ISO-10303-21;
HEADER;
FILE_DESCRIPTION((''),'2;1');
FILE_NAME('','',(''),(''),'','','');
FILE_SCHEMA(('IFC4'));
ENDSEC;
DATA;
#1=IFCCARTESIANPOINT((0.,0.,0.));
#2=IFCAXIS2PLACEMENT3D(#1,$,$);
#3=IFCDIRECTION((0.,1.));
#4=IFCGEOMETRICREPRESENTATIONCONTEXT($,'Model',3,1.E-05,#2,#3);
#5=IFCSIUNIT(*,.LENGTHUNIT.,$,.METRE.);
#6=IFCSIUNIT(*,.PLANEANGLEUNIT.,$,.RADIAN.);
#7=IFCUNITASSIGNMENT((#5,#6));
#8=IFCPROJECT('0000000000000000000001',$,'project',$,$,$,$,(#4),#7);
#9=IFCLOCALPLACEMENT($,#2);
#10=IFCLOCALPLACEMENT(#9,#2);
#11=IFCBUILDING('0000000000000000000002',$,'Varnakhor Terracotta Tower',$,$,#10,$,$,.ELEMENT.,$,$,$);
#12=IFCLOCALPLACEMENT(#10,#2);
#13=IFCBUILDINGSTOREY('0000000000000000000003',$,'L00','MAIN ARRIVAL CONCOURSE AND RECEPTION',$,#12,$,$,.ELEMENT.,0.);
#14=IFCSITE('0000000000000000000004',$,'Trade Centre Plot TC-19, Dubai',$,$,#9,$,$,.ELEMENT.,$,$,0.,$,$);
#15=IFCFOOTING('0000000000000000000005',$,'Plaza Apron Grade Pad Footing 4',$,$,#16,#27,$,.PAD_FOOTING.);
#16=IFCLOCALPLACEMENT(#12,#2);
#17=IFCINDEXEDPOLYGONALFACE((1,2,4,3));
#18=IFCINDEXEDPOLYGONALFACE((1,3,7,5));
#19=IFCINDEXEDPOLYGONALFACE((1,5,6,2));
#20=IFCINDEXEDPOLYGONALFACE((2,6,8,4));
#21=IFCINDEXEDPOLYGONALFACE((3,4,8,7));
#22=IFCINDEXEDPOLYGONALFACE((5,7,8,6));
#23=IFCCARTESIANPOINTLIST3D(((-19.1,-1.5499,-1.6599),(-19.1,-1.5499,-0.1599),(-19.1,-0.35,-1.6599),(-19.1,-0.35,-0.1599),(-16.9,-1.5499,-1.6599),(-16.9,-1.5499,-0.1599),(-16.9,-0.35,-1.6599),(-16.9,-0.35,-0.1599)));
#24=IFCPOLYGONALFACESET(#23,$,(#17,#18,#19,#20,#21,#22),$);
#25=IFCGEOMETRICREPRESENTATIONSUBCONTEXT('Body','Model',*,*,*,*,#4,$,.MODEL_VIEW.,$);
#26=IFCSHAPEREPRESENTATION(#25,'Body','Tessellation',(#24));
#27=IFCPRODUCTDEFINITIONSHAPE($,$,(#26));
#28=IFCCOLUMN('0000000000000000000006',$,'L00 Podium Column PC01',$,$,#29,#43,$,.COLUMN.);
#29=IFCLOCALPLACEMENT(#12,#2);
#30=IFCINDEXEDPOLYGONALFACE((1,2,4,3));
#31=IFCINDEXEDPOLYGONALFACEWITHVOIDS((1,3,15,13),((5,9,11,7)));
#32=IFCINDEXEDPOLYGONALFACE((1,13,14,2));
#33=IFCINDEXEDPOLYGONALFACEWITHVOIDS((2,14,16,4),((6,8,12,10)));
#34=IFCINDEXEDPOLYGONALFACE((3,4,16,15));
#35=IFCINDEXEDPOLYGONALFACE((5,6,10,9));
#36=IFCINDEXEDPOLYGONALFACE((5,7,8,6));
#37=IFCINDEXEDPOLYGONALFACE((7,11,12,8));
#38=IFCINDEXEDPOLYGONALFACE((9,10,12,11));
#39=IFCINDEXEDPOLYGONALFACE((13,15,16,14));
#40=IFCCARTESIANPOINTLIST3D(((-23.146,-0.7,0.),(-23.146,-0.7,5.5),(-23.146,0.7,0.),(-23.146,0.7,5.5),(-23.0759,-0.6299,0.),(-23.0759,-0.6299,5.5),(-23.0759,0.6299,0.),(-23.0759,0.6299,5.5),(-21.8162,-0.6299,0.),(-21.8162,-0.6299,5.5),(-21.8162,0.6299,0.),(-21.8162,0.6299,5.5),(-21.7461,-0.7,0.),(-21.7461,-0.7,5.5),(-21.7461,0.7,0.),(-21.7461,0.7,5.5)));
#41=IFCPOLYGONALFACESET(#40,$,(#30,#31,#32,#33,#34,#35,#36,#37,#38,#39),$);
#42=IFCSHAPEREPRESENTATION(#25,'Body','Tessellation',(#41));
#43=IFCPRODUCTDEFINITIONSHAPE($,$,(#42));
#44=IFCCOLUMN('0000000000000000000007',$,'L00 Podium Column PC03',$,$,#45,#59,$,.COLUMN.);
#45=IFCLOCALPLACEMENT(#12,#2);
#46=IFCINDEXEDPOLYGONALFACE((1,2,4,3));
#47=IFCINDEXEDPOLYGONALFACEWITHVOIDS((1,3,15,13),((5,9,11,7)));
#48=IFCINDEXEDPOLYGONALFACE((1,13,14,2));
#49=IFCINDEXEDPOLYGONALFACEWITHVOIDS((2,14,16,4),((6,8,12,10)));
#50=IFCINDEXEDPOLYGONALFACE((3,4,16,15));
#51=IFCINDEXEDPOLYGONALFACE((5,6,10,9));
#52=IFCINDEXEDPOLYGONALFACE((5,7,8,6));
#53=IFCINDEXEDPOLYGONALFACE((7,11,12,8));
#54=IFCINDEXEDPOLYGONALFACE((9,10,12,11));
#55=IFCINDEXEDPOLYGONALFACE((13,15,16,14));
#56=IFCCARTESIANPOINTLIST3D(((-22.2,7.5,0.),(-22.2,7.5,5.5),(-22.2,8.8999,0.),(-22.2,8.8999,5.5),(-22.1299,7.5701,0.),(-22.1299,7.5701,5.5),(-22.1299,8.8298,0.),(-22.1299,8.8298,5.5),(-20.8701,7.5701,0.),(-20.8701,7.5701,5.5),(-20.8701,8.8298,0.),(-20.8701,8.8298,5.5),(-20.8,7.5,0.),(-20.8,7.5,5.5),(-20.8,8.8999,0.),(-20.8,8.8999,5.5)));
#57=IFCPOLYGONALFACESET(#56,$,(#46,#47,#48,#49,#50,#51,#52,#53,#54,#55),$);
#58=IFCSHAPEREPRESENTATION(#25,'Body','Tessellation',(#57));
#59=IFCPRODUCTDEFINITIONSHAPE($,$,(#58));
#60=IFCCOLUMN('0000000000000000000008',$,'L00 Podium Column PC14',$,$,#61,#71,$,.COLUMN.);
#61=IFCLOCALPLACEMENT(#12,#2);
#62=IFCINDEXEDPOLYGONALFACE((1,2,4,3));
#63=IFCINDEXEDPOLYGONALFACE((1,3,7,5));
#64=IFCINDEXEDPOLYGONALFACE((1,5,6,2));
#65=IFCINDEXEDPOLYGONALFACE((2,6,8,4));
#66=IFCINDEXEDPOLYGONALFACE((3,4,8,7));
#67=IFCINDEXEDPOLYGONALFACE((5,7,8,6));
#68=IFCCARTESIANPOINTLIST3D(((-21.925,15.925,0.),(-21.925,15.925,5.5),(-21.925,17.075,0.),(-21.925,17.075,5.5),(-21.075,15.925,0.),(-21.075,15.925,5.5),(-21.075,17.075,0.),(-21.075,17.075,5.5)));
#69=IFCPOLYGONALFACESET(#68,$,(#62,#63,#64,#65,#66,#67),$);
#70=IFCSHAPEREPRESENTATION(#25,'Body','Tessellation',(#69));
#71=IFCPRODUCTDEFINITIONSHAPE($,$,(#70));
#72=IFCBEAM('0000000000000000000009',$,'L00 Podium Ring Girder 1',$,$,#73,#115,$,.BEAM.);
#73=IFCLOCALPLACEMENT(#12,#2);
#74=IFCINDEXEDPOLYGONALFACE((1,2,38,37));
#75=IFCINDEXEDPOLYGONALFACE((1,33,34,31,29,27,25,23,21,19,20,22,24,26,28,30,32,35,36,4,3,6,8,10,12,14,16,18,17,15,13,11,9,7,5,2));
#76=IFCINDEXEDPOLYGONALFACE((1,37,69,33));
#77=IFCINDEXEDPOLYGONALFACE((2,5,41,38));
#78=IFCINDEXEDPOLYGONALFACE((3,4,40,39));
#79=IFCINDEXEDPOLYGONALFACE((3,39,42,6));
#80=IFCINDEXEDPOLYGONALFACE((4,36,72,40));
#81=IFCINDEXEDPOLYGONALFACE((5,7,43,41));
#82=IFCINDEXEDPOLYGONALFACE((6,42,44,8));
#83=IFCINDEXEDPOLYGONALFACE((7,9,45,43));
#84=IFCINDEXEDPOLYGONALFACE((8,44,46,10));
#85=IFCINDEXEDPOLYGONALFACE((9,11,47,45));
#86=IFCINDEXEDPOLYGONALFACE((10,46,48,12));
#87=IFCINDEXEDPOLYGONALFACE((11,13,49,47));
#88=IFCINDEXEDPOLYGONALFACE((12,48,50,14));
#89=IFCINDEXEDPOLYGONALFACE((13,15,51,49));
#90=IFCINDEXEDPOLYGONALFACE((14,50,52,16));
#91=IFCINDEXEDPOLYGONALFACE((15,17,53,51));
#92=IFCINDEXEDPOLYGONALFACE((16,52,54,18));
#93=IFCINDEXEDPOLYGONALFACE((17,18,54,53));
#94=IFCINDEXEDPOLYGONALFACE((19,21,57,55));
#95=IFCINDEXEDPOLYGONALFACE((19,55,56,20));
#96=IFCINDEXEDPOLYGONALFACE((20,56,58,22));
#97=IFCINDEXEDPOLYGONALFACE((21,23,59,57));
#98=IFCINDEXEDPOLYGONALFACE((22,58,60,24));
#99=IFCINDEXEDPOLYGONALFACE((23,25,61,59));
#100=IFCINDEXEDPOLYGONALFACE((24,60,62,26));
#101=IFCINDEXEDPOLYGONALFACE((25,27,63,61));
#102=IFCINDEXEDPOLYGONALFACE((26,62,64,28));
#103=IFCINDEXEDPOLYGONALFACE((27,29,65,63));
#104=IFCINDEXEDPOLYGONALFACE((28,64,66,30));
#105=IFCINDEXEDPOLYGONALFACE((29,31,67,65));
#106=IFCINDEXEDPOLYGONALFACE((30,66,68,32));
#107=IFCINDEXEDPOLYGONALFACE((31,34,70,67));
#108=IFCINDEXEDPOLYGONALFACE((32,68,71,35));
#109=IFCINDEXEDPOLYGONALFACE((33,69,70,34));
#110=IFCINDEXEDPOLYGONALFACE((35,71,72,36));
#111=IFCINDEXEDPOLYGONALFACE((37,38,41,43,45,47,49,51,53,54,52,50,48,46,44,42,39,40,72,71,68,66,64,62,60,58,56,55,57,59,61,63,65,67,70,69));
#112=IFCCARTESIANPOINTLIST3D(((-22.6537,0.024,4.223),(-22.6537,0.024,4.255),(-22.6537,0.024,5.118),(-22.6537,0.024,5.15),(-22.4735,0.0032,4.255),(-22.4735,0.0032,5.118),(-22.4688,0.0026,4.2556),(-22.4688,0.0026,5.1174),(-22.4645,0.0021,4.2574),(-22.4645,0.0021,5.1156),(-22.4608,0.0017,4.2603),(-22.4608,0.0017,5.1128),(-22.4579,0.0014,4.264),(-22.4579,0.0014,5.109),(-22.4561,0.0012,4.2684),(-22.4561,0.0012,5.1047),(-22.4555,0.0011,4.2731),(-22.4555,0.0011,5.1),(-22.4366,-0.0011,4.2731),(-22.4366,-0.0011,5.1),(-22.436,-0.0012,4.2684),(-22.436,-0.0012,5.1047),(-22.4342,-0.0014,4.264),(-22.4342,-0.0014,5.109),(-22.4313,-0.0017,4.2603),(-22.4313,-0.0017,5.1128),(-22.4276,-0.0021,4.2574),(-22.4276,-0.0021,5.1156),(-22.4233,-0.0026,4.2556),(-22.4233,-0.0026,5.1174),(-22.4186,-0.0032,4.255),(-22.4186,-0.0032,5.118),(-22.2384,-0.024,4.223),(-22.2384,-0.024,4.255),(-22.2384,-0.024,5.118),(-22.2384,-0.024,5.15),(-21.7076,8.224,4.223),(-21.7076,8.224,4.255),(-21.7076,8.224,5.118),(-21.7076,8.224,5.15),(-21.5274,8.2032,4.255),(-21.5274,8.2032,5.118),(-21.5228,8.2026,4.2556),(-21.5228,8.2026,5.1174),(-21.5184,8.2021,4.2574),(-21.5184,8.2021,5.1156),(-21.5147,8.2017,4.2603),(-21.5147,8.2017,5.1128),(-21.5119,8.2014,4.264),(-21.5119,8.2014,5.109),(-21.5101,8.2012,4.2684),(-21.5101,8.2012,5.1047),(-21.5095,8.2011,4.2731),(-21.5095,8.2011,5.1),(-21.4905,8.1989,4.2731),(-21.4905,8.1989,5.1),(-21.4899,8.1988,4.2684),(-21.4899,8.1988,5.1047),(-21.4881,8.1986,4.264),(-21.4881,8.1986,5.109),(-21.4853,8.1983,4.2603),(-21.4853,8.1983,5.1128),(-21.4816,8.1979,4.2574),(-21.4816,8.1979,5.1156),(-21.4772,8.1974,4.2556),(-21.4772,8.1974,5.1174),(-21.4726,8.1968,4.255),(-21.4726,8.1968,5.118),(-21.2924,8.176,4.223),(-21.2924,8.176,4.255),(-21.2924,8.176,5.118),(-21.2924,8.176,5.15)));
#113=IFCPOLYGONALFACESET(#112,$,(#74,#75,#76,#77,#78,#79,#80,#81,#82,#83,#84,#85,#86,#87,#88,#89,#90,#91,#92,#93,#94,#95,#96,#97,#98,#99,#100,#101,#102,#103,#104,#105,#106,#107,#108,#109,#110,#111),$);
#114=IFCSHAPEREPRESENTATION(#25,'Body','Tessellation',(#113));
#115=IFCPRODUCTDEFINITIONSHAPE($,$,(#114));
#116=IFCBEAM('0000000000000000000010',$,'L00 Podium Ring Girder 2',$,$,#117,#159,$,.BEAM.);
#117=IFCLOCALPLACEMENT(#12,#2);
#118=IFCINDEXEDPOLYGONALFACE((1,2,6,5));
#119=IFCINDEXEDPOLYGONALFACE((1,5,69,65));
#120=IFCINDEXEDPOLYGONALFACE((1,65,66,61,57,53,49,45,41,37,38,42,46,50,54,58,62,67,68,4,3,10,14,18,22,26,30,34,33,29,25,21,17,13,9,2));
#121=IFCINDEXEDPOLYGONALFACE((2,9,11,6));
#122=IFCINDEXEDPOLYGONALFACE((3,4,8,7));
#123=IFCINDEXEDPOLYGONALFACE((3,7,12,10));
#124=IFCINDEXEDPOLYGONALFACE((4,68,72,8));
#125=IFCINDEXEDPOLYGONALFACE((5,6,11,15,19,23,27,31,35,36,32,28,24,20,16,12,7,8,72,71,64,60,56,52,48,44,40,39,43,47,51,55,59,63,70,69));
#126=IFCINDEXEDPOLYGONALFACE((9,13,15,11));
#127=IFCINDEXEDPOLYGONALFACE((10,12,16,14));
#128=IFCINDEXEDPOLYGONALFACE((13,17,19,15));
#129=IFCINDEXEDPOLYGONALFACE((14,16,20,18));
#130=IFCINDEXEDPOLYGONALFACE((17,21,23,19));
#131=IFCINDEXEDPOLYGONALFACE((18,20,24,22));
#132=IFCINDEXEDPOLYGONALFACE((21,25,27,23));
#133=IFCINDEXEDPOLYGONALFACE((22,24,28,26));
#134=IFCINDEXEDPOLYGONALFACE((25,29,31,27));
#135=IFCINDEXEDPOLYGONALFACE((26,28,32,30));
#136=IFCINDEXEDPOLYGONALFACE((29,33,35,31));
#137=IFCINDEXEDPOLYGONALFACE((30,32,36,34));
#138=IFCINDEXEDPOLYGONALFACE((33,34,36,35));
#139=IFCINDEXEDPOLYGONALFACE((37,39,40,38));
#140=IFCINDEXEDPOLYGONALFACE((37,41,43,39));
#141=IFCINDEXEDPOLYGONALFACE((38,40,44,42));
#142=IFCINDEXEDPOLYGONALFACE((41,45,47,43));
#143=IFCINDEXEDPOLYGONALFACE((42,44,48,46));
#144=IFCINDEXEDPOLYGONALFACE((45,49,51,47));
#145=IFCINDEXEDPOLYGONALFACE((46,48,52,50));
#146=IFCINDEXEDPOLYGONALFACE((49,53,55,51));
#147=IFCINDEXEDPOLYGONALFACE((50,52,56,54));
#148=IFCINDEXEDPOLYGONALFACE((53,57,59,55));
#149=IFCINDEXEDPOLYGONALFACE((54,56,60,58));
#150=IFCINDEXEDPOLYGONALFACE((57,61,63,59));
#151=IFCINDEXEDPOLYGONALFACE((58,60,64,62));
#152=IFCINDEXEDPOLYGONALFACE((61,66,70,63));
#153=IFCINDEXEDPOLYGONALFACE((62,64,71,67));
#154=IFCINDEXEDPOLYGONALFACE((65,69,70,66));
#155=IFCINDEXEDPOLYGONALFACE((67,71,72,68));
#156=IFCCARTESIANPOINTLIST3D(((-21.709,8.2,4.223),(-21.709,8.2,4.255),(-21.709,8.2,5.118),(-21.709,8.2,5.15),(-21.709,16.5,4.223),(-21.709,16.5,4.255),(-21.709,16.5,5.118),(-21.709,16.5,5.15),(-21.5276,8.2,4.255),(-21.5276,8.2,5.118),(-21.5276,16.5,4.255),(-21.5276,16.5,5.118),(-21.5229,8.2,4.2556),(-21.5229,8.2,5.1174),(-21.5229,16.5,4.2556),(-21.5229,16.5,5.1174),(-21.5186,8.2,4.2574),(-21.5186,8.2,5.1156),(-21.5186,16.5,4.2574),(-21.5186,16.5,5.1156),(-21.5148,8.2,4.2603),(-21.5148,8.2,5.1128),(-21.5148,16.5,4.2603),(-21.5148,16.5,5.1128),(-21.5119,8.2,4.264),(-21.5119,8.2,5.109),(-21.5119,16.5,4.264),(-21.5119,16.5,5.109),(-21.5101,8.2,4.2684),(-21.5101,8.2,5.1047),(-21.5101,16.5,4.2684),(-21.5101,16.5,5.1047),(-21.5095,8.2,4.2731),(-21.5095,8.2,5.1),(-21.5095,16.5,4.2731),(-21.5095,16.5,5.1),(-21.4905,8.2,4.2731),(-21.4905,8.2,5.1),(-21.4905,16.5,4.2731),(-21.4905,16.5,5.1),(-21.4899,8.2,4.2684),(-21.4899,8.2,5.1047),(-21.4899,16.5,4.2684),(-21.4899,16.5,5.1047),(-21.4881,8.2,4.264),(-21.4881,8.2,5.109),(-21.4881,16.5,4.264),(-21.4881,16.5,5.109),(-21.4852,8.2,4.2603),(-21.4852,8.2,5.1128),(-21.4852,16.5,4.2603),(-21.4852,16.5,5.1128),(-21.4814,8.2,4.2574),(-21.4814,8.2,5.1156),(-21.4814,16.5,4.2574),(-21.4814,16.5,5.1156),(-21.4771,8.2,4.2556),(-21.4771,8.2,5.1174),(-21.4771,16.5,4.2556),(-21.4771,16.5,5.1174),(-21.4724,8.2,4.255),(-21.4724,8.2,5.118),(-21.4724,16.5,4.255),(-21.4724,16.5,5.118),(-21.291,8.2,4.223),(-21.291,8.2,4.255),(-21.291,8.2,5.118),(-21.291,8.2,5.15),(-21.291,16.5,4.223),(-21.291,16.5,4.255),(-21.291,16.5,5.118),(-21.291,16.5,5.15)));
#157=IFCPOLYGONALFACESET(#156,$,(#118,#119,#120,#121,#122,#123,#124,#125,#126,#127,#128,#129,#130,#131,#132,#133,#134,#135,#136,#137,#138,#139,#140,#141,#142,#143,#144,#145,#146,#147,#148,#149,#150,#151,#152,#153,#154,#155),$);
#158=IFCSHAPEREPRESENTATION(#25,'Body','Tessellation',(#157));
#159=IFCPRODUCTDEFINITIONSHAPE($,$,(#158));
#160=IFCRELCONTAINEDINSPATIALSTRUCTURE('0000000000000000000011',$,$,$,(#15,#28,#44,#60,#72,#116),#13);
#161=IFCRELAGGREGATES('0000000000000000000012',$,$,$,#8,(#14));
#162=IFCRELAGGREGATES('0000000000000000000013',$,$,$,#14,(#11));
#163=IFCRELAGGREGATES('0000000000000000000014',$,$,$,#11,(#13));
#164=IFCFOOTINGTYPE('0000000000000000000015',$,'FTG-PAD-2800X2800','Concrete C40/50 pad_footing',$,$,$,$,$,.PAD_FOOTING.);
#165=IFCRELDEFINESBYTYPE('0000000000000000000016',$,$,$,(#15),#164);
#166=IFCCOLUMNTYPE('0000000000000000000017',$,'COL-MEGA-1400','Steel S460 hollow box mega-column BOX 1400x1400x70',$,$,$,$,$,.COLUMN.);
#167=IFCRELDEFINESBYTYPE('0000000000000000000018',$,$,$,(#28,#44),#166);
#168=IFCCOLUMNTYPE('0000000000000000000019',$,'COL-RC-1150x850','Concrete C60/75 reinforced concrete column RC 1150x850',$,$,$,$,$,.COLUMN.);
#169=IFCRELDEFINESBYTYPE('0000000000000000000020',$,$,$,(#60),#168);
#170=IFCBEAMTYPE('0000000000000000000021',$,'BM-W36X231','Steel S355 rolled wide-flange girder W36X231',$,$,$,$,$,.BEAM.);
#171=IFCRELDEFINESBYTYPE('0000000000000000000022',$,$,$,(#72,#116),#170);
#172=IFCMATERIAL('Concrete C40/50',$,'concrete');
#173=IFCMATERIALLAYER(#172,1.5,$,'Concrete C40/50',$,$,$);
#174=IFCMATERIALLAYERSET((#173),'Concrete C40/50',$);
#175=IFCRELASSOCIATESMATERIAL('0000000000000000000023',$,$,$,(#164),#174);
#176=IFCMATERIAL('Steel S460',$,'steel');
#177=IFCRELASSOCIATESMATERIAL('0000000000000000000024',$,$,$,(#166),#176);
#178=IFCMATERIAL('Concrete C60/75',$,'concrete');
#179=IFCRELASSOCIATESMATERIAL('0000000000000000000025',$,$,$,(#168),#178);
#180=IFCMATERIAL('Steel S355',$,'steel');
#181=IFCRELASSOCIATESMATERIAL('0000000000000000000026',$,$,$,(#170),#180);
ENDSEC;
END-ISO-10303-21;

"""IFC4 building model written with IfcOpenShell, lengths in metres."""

from ifc_helpers import new_model, si_unit, direction, frame, origin, origin_2d, place, context, subcontext, project, spatial, rectangle, hollow_rectangle, i_section, extrude, source, transform, mapped, material, layer, layer_set, material_profile, profile_set, type_object, type_shapes, element, save


model = new_model("IFC4")

# Units and contexts
model_context = context("Model", 3, precision=1e-05, world=origin(), true_north=direction((0.0, 1.0)))
body_context = subcontext(model_context, "Body", "Model", "MODEL_VIEW")
ifc_project = project(units=[si_unit("LENGTHUNIT", "METRE"), si_unit("PLANEANGLEUNIT", "RADIAN")], contexts=[model_context])

# Site, building, storey
site_placement = place(None, origin())
site = spatial("IfcSite", under=ifc_project, at=site_placement, Name="Trade Centre Plot TC-19, Dubai", CompositionType="ELEMENT", RefElevation=0.0)
building_placement = place(site_placement, origin())
building = spatial("IfcBuilding", under=site, at=building_placement, Name="Varnakhor Terracotta Tower", CompositionType="ELEMENT")
storey_placement = place(building_placement, origin())
storey = spatial("IfcBuildingStorey", under=building, at=storey_placement, Name="L00", Description="MAIN ARRIVAL CONCOURSE AND RECEPTION", CompositionType="ELEMENT", Elevation=0.0)

# Footing
ifc_material_1 = material(Name="Concrete C40/50", Category="concrete")
ifc_layer_1 = layer(ifc_material_1, 1.5, Name="Concrete C40/50")
ifc_layer_set_1 = layer_set([ifc_layer_1], Name="Concrete C40/50")
footing_type = type_object("IfcFootingType", Name="FTG-PAD-2800X2800", Description="Concrete C40/50 pad_footing", PredefinedType="PAD_FOOTING", material=ifc_layer_set_1)
shared_shape_1 = source(origin(), body_context, "Body", "SweptSolid", [
    extrude(rectangle(XDim=2.2, YDim=1.2, at=origin_2d()), origin(), (0.0, 0.0, 1.0), 1.5),
])
footing_placement = place(storey_placement, frame((-18.0, -0.95, -1.6599), z_axis=(0.0, 0.0, 1.0), x_axis=(1.0, 0.0, 0.0)))
element("IfcFooting", 1, at=footing_placement, inside=storey, type_object=footing_type, Name="Plaza Apron Grade Pad Footing 4", PredefinedType="PAD_FOOTING", context=body_context, shape_type="MappedRepresentation", body=[
    mapped(shared_shape_1, transform((0.0, 0.0, 0.0), scale=1.0)),
])

# Columns
ifc_material_2 = material(Name="Steel S460", Category="steel")
ifc_material_profile_1 = material_profile(ifc_material_2, hollow_rectangle(XDim=1.3999, YDim=1.3999, WallThickness=0.0701, at=origin_2d()), Name="BOX 1400x1400x70")
ifc_profile_set_1 = profile_set([ifc_material_profile_1], Name="Steel S460")
column_type_1 = type_object("IfcColumnType", Name="COL-MEGA-1400", Description="Steel S460 hollow box mega-column BOX 1400x1400x70", PredefinedType="COLUMN", material=ifc_profile_set_1)
shared_shape_2 = source(origin(), body_context, "Body", "SweptSolid", [
    extrude(hollow_rectangle(XDim=1.3999, YDim=1.3999, WallThickness=0.0701, at=origin_2d()), origin(), (0.0, 0.0, 1.0), 5.5),
])
for number, where, z_axis, x_axis, name in (
    (2, (-22.446, 0.0, 0.0), (0.0, 0.0, 1.0), (1.0, 0.0, 0.0), "L00 Podium Column PC01"),
    (3, (-21.5, 8.2, 0.0), (0.0, 0.0, 1.0), (1.0, 0.0, 0.0), "L00 Podium Column PC03"),
):
    element("IfcColumn", number, at=place(storey_placement, frame(where, z_axis=z_axis, x_axis=x_axis)), inside=storey, type_object=column_type_1, Name=name, PredefinedType="COLUMN", context=body_context, shape_type="MappedRepresentation", body=[
        mapped(shared_shape_2, transform((0.0, 0.0, 0.0), scale=1.0)),
    ])
ifc_material_3 = material(Name="Concrete C60/75", Category="concrete")
ifc_material_profile_2 = material_profile(ifc_material_3, rectangle(XDim=0.8501, YDim=1.1499, at=origin_2d()), Name="RC 1150x850")
ifc_profile_set_2 = profile_set([ifc_material_profile_2], Name="Concrete C60/75")
column_type_2 = type_object("IfcColumnType", Name="COL-RC-1150x850", Description="Concrete C60/75 reinforced concrete column RC 1150x850", PredefinedType="COLUMN", material=ifc_profile_set_2)
shared_shape_3 = source(origin(), body_context, "Body", "SweptSolid", [
    extrude(rectangle(XDim=0.8501, YDim=1.1499, at=origin_2d()), origin(), (0.0, 0.0, 1.0), 5.5),
])
column_placement = place(storey_placement, frame((-21.5, 16.5, 0.0), z_axis=(0.0, 0.0, 1.0), x_axis=(1.0, 0.0, 0.0)))
element("IfcColumn", 4, at=column_placement, inside=storey, type_object=column_type_2, Name="L00 Podium Column PC14", PredefinedType="COLUMN", context=body_context, shape_type="MappedRepresentation", body=[
    mapped(shared_shape_3, transform((0.0, 0.0, 0.0), scale=1.0)),
])

# Beams
ifc_material_4 = material(Name="Steel S355", Category="steel")
ifc_material_profile_3 = material_profile(ifc_material_4, i_section(OverallWidth=0.418, OverallDepth=0.927, WebThickness=0.019, FlangeThickness=0.032, FilletRadius=0.0181, at=origin_2d()), Name="W36X231")
ifc_profile_set_3 = profile_set([ifc_material_profile_3], Name="Steel S355")
beam_type_1 = type_object("IfcBeamType", Name="BM-W36X231", Description="Steel S355 rolled wide-flange girder W36X231", PredefinedType="BEAM", material=ifc_profile_set_3)
shared_shape_4 = source(origin(), body_context, "Body", "SweptSolid", [
    extrude(i_section(OverallWidth=0.418, OverallDepth=0.927, WebThickness=0.019, FlangeThickness=0.032, FilletRadius=0.0181, at=origin_2d()), origin(), (0.0, 0.0, 1.0), 8.2544),
])
type_shapes(beam_type_1, [shared_shape_4])
beam_1_placement = place(storey_placement, frame((-22.446, 0.0, 4.6865), z_axis=(0.114612, 0.99341, 0.0), x_axis=(-0.99341, 0.114612, 0.0)))
element("IfcBeam", 5, at=beam_1_placement, inside=storey, type_object=beam_type_1, Name="L00 Podium Ring Girder 1", PredefinedType="BEAM", context=body_context, shape_type="MappedRepresentation", body=[
    mapped(shared_shape_4, transform((0.0, 0.0, 0.0), scale=1.0)),
])
shared_shape_5 = source(origin(), body_context, "Body", "SweptSolid", [
    extrude(i_section(OverallWidth=0.418, OverallDepth=0.927, WebThickness=0.019, FlangeThickness=0.032, FilletRadius=0.0181, at=origin_2d()), origin(), (0.0, 0.0, 1.0), 8.3),
])
beam_2_placement = place(storey_placement, frame((-21.5, 8.2, 4.6865), z_axis=(0.0, 1.0, 0.0), x_axis=(-1.0, 0.0, 0.0)))
element("IfcBeam", 6, at=beam_2_placement, inside=storey, type_object=beam_type_1, Name="L00 Podium Ring Girder 2", PredefinedType="BEAM", context=body_context, shape_type="MappedRepresentation", body=[
    mapped(shared_shape_5, transform((0.0, 0.0, 0.0), scale=1.0)),
])

save(model, "model.ifc")
